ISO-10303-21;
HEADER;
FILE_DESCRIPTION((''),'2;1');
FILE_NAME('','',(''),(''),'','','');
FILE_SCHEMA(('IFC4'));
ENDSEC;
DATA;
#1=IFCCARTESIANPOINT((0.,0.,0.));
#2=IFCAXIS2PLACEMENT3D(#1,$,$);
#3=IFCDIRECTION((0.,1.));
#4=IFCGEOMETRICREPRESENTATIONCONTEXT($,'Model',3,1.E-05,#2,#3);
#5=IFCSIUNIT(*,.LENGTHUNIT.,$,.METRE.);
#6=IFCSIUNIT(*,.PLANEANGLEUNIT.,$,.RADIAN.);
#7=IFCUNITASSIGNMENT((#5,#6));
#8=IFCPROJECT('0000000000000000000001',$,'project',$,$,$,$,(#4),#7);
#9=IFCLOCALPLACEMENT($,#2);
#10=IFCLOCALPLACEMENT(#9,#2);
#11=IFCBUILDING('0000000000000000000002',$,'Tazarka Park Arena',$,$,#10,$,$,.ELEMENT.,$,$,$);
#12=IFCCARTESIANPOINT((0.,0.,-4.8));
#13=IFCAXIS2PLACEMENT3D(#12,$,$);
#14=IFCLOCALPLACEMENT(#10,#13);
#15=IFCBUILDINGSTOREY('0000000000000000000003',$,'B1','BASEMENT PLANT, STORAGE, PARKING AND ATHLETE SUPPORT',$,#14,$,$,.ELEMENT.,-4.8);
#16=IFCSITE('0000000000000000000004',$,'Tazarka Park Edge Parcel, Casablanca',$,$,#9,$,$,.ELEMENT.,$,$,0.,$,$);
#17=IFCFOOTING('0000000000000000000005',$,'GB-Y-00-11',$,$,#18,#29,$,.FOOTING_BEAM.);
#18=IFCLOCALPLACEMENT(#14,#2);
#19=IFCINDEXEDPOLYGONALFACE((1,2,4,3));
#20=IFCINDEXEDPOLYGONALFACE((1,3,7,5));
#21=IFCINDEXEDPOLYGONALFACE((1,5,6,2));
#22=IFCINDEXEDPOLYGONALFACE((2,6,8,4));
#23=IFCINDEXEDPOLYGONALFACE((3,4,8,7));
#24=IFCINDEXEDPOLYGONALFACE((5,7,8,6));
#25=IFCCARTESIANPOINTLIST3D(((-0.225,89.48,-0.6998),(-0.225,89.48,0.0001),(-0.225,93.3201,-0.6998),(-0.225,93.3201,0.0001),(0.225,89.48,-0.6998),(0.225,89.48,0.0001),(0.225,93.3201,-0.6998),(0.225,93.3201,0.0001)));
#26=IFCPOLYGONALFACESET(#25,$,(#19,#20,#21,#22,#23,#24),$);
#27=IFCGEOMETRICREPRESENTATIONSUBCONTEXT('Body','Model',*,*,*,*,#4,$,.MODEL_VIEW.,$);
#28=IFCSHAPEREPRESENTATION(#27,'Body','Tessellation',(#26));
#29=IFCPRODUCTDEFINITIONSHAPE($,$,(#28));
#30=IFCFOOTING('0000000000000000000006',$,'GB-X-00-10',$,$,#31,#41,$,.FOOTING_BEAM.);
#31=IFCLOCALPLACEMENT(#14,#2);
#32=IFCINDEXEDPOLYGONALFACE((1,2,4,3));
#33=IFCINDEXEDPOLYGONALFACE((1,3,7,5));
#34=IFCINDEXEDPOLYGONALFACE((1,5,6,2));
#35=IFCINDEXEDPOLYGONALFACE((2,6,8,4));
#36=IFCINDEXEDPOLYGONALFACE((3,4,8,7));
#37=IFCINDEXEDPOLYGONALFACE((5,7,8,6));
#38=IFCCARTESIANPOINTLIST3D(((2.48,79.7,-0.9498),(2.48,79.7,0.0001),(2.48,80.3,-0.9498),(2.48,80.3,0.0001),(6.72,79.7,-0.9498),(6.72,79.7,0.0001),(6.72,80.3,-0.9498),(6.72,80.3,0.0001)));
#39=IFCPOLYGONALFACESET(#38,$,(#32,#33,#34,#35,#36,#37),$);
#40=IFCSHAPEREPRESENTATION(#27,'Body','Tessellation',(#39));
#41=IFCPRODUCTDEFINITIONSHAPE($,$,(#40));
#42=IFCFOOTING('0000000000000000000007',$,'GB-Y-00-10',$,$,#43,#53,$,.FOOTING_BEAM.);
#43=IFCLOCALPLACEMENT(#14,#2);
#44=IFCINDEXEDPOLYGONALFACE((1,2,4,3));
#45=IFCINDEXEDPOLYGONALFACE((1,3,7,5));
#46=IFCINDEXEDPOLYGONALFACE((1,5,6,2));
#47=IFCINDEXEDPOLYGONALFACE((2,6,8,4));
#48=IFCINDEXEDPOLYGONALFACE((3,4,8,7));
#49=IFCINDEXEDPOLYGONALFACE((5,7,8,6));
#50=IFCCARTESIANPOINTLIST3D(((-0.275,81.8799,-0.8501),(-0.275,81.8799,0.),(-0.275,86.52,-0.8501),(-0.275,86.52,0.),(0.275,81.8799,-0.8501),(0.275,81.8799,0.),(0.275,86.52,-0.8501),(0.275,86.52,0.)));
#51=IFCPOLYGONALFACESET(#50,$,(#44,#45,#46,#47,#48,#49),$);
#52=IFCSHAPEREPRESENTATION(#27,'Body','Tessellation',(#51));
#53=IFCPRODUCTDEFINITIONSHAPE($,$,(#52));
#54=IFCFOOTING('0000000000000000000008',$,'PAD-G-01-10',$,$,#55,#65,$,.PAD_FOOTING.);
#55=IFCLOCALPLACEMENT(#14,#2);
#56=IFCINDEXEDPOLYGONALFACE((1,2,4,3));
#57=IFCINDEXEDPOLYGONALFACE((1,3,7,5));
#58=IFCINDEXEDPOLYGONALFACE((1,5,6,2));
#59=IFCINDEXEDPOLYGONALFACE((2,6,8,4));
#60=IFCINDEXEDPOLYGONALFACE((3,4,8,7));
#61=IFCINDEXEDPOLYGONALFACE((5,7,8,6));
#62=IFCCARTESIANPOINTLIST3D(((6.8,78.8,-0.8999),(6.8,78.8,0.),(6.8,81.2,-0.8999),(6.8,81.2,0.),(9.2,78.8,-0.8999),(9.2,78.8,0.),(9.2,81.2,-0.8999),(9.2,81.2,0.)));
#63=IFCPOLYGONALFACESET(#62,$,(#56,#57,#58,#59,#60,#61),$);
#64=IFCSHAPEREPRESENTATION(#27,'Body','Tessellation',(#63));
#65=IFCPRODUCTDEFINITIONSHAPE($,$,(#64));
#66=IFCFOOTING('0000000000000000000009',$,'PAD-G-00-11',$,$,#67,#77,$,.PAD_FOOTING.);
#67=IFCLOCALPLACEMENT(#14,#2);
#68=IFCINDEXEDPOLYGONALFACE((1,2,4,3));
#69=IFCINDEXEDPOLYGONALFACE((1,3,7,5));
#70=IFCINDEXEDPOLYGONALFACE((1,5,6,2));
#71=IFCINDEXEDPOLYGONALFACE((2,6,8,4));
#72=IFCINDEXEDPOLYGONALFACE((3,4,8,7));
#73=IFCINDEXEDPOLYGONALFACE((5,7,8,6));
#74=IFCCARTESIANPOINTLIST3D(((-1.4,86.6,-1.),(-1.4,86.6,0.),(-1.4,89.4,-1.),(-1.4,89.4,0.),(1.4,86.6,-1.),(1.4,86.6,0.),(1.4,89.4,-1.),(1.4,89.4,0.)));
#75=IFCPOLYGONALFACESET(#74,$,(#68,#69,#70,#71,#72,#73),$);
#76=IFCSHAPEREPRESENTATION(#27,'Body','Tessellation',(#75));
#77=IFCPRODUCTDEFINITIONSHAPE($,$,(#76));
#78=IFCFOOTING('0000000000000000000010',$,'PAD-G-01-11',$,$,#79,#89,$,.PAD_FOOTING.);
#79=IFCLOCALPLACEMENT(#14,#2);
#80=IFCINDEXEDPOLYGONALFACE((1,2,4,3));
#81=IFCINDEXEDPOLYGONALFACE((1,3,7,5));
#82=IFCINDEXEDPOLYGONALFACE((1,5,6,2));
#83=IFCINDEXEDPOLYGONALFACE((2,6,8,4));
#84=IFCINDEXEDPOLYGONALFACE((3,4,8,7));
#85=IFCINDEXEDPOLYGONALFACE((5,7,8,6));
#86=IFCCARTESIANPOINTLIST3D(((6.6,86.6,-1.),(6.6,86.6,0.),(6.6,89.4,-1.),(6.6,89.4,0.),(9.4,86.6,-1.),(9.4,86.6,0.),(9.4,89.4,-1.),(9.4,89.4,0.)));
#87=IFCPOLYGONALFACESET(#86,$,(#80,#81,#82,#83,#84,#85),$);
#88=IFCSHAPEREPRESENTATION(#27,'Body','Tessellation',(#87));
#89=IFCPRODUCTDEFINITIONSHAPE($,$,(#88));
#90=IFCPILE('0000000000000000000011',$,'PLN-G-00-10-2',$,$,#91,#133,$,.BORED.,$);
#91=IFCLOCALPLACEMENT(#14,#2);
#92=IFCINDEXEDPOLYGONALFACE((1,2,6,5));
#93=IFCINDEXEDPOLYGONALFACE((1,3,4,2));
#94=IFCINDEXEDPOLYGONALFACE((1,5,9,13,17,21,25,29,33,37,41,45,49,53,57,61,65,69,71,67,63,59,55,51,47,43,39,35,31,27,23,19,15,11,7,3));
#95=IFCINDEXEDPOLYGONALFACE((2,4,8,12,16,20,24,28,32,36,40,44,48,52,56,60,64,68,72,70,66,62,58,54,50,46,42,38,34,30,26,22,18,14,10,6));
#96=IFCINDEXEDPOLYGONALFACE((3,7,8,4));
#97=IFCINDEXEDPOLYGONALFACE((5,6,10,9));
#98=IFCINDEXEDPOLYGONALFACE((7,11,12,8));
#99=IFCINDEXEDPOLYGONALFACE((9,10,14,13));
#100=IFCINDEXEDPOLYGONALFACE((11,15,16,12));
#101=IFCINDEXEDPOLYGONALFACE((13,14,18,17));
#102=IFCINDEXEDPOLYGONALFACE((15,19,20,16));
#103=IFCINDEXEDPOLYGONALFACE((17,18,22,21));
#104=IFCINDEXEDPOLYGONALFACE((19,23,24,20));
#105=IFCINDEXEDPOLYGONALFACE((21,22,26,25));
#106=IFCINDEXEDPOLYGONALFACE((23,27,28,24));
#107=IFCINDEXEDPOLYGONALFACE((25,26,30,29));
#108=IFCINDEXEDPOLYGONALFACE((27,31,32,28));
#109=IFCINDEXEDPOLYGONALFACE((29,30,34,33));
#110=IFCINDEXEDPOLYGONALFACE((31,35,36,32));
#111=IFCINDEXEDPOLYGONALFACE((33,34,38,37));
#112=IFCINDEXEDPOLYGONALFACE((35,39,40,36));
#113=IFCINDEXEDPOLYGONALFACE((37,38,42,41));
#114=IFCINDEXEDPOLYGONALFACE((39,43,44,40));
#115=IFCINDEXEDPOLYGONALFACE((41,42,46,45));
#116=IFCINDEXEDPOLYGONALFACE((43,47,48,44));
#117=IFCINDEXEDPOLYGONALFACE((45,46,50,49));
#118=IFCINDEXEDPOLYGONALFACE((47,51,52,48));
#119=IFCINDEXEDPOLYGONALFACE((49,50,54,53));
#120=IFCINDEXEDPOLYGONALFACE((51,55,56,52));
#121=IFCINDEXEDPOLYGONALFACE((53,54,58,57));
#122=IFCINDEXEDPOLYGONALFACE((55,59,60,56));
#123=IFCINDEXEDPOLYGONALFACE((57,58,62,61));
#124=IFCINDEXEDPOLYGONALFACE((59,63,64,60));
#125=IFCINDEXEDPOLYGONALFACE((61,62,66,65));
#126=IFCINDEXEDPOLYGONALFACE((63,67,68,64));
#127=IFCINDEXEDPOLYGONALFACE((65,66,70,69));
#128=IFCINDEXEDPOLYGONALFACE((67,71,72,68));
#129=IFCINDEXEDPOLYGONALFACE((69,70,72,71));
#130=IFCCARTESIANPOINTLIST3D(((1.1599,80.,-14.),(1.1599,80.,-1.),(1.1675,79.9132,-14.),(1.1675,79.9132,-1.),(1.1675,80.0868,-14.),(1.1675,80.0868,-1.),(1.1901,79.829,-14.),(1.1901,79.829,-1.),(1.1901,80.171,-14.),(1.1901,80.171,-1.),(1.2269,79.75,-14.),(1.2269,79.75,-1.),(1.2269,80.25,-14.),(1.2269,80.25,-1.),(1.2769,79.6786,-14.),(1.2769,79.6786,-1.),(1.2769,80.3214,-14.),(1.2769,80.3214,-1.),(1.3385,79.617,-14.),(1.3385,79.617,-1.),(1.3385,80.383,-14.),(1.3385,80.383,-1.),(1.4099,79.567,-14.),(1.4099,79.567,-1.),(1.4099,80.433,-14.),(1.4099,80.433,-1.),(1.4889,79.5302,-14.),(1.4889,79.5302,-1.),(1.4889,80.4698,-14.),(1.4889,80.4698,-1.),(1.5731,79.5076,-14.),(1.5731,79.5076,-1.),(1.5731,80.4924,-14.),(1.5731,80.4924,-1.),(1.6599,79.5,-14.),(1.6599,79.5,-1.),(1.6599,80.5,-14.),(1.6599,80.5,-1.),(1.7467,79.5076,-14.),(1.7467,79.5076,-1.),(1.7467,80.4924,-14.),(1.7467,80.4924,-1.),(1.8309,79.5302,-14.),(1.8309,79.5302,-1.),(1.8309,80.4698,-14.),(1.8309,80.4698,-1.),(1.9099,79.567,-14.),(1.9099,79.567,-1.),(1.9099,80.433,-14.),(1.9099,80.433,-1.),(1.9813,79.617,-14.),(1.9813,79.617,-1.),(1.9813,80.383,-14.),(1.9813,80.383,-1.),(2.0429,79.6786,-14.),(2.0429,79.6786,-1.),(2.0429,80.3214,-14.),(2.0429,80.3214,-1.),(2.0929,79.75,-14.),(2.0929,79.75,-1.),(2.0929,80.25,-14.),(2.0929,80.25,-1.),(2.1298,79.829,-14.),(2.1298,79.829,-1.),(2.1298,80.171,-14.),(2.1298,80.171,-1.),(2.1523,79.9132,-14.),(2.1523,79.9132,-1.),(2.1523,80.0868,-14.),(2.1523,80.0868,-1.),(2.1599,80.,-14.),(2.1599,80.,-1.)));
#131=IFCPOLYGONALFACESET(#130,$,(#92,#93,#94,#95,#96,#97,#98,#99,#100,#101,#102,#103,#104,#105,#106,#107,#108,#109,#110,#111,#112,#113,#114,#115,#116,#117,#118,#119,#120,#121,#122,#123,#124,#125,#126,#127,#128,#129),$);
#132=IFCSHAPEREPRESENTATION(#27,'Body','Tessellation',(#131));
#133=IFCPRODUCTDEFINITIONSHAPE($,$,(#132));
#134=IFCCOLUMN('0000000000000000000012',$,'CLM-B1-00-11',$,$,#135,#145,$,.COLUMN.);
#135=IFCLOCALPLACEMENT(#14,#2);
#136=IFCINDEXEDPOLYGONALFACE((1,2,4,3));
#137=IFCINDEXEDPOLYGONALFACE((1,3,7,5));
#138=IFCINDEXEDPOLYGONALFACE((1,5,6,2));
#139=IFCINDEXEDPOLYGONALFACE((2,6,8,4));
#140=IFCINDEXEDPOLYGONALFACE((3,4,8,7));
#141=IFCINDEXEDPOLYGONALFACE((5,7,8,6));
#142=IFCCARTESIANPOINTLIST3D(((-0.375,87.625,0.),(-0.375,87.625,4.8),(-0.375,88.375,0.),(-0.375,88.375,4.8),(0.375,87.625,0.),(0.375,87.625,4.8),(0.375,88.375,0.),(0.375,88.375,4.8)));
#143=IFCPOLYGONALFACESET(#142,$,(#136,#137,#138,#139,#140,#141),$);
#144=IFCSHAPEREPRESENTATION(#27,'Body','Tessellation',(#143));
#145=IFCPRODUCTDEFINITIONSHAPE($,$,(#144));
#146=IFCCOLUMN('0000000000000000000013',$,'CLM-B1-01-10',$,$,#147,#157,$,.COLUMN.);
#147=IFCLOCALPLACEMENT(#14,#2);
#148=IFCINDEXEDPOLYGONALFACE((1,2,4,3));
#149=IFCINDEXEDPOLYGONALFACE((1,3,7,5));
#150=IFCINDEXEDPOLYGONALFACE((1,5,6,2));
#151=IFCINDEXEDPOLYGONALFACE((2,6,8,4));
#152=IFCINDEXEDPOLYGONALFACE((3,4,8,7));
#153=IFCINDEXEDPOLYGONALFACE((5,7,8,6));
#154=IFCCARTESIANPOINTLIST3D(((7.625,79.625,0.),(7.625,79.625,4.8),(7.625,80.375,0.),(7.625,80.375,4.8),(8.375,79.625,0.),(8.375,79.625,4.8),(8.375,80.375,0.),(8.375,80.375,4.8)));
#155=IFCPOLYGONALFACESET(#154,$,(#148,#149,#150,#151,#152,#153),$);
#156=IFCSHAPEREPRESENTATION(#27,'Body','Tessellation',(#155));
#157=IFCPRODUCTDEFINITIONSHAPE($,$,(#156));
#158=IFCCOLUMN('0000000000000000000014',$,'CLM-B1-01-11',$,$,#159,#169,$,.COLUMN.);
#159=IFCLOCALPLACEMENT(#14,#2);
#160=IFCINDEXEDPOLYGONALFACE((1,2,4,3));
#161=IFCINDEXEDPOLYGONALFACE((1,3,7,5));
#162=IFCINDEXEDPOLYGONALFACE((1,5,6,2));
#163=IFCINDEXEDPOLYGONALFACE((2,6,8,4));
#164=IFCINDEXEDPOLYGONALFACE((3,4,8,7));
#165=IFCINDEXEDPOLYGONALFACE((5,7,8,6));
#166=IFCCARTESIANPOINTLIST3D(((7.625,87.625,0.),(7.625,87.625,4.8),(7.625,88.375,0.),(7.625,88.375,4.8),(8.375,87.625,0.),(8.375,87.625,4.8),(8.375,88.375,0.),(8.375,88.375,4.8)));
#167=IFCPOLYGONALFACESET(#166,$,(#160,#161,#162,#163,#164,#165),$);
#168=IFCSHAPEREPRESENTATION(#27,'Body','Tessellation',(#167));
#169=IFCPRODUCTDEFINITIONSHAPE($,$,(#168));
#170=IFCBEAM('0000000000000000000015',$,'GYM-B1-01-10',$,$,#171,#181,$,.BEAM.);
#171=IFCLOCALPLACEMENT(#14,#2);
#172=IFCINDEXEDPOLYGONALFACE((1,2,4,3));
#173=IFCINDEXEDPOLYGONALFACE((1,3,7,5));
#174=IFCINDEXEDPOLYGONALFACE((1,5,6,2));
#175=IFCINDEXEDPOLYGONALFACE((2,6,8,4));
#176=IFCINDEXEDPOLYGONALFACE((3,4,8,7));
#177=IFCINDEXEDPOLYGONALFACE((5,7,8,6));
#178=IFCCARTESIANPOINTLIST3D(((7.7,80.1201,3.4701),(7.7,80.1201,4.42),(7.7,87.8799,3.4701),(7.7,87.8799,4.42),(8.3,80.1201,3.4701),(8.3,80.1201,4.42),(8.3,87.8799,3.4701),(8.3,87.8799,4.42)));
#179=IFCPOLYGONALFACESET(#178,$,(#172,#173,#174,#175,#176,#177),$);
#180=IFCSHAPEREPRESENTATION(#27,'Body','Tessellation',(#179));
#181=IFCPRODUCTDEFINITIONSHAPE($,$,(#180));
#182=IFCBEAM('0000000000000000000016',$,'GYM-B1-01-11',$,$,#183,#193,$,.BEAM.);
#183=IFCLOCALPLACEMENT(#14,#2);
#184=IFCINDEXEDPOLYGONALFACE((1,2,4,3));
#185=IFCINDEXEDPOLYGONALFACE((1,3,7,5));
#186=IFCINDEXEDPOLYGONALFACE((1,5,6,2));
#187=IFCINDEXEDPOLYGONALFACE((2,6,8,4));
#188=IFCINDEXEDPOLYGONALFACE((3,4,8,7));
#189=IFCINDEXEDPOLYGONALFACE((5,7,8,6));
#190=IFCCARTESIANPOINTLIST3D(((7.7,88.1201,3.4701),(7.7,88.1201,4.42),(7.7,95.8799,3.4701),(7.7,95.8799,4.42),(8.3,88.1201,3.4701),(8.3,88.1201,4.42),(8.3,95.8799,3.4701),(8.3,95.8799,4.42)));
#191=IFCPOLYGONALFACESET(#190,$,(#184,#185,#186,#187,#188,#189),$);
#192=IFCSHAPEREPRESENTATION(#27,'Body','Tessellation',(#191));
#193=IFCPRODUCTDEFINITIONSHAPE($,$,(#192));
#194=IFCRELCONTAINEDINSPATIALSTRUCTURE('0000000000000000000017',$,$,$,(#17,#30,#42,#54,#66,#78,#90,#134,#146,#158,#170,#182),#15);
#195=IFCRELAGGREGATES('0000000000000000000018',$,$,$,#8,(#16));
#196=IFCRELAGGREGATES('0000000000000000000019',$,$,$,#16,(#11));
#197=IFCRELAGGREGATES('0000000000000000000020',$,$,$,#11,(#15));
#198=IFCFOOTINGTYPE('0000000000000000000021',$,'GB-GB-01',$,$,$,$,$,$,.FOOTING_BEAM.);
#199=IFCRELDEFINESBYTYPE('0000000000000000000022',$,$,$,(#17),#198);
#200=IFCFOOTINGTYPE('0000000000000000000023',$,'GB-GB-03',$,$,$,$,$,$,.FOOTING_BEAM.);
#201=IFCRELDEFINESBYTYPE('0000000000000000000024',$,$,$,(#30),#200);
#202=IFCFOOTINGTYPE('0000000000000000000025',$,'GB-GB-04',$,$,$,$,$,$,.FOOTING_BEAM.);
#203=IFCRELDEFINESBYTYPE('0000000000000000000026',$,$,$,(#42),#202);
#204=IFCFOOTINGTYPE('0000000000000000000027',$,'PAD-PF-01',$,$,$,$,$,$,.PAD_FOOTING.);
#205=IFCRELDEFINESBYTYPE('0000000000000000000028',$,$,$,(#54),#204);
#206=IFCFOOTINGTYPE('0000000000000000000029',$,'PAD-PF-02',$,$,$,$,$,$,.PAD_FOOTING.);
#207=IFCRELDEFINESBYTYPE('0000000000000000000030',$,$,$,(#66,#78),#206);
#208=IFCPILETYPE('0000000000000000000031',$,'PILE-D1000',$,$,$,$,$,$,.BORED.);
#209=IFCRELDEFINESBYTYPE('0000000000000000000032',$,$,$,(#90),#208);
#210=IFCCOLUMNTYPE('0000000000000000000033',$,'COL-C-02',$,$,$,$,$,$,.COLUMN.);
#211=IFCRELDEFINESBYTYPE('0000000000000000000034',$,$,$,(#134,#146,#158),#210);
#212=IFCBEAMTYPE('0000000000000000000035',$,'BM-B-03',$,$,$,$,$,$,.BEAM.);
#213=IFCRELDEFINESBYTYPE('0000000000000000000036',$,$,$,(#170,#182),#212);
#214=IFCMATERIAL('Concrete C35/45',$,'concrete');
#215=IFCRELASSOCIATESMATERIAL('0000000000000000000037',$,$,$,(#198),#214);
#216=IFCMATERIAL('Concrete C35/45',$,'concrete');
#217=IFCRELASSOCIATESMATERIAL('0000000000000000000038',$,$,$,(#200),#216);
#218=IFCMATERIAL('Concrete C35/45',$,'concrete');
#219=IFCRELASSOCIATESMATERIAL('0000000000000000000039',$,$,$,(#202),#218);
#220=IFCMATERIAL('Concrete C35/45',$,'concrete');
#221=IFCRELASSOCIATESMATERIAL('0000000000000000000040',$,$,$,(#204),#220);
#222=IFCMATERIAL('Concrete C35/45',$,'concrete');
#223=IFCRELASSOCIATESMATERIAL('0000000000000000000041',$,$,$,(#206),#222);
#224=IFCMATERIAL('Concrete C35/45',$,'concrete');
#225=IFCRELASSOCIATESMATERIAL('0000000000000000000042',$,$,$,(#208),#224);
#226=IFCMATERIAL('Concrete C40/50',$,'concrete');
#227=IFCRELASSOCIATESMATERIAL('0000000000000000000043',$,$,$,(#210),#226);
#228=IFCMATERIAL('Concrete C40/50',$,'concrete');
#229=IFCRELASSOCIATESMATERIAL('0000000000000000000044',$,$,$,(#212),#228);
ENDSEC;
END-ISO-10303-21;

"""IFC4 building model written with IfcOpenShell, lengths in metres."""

from ifc_helpers import new_model, si_unit, direction, frame, origin, origin_2d, place, context, subcontext, project, spatial, rectangle, circle, extrude, material, material_profile, profile_set, type_object, element, save


model = new_model("IFC4")

# Units and contexts
model_context = context("Model", 3, precision=1e-05, world=origin(), true_north=direction((0.0, 1.0)))
body_context = subcontext(model_context, "Body", "Model", "MODEL_VIEW")
ifc_project = project(units=[si_unit("LENGTHUNIT", "METRE"), si_unit("PLANEANGLEUNIT", "RADIAN")], contexts=[model_context])

# Site, building, storey
site_placement = place(None, origin())
site = spatial("IfcSite", under=ifc_project, at=site_placement, Name="Tazarka Park Edge Parcel, Casablanca", CompositionType="ELEMENT", RefElevation=0.0)
building_placement = place(site_placement, origin())
building = spatial("IfcBuilding", under=site, at=building_placement, Name="Tazarka Park Arena", CompositionType="ELEMENT")
storey_placement = place(building_placement, frame((0.0, 0.0, -4.8)))
storey = spatial("IfcBuildingStorey", under=building, at=storey_placement, Name="B1", Description="BASEMENT PLANT, STORAGE, PARKING AND ATHLETE SUPPORT", CompositionType="ELEMENT", Elevation=-4.8)

# Footings
ifc_material_1 = material(Name="Concrete C35/45", Category="concrete")
ifc_material_profile_1 = material_profile(ifc_material_1, rectangle(XDim=0.45, YDim=0.7, at=origin_2d()), Name="Concrete C35/45")
ifc_profile_set_1 = profile_set([ifc_material_profile_1], Name="Concrete C35/45")
footing_type_1 = type_object("IfcFootingType", Name="GB-GB-01", PredefinedType="FOOTING_BEAM", material=ifc_profile_set_1)
footing_1_placement = place(storey_placement, frame((0.0, 89.48, -0.3499), z_axis=(0.0, 1.0, 0.0), x_axis=(-1.0, 0.0, 0.0)))
element("IfcFooting", 1, at=footing_1_placement, inside=storey, type_object=footing_type_1, Name="GB-Y-00-11", PredefinedType="FOOTING_BEAM", context=body_context, shape_type="SweptSolid", body=[
    extrude(rectangle(XDim=0.45, YDim=0.7, at=origin_2d()), origin(), (0.0, 0.0, 1.0), 3.8401),
])
ifc_material_2 = material(Name="Concrete C35/45", Category="concrete")
ifc_material_profile_2 = material_profile(ifc_material_2, rectangle(XDim=0.6001, YDim=0.95, at=origin_2d()), Name="Concrete C35/45")
ifc_profile_set_2 = profile_set([ifc_material_profile_2], Name="Concrete C35/45")
footing_type_2 = type_object("IfcFootingType", Name="GB-GB-03", PredefinedType="FOOTING_BEAM", material=ifc_profile_set_2)
footing_2_placement = place(storey_placement, frame((2.48, 80.0, -0.4749), z_axis=(1.0, 0.0, 0.0), x_axis=(0.0, 1.0, 0.0)))
element("IfcFooting", 2, at=footing_2_placement, inside=storey, type_object=footing_type_2, Name="GB-X-00-10", PredefinedType="FOOTING_BEAM", context=body_context, shape_type="SweptSolid", body=[
    extrude(rectangle(XDim=0.6001, YDim=0.95, at=origin_2d()), origin(), (0.0, 0.0, 1.0), 4.24),
])
ifc_material_3 = material(Name="Concrete C35/45", Category="concrete")
ifc_material_profile_3 = material_profile(ifc_material_3, rectangle(XDim=0.55, YDim=0.8501, at=origin_2d()), Name="Concrete C35/45")
ifc_profile_set_3 = profile_set([ifc_material_profile_3], Name="Concrete C35/45")
footing_type_3 = type_object("IfcFootingType", Name="GB-GB-04", PredefinedType="FOOTING_BEAM", material=ifc_profile_set_3)
footing_3_placement = place(storey_placement, frame((0.0, 81.8799, -0.425), z_axis=(0.0, 1.0, 0.0), x_axis=(-1.0, 0.0, 0.0)))
element("IfcFooting", 3, at=footing_3_placement, inside=storey, type_object=footing_type_3, Name="GB-Y-00-10", PredefinedType="FOOTING_BEAM", context=body_context, shape_type="SweptSolid", body=[
    extrude(rectangle(XDim=0.55, YDim=0.8501, at=origin_2d()), origin(), (0.0, 0.0, 1.0), 4.6401),
])
ifc_material_4 = material(Name="Concrete C35/45", Category="concrete")
footing_type_4 = type_object("IfcFootingType", Name="PAD-PF-01", PredefinedType="PAD_FOOTING", material=ifc_material_4)
footing_4_placement = place(storey_placement, frame((8.0, 80.0, -0.8999), z_axis=(0.0, 0.0, 1.0), x_axis=(1.0, 0.0, 0.0)))
element("IfcFooting", 4, at=footing_4_placement, inside=storey, type_object=footing_type_4, Name="PAD-G-01-10", PredefinedType="PAD_FOOTING", context=body_context, shape_type="SweptSolid", body=[
    extrude(rectangle(XDim=2.3999, YDim=2.3999, at=origin_2d()), origin(), (0.0, 0.0, 1.0), 0.8999),
])
ifc_material_5 = material(Name="Concrete C35/45", Category="concrete")
footing_type_5 = type_object("IfcFootingType", Name="PAD-PF-02", PredefinedType="PAD_FOOTING", material=ifc_material_5)
for number, where, z_axis, x_axis, name in (
    (5, (0.0, 88.0, -1.0), (0.0, 0.0, 1.0), (1.0, 0.0, 0.0), "PAD-G-00-11"),
    (6, (8.0, 88.0, -1.0), (0.0, 0.0, 1.0), (1.0, 0.0, 0.0), "PAD-G-01-11"),
):
    element("IfcFooting", number, at=place(storey_placement, frame(where, z_axis=z_axis, x_axis=x_axis)), inside=storey, type_object=footing_type_5, Name=name, PredefinedType="PAD_FOOTING", context=body_context, shape_type="SweptSolid", body=[
        extrude(rectangle(XDim=2.8, YDim=2.8, at=origin_2d()), origin(), (0.0, 0.0, 1.0), 1.0),
    ])

# Pile
ifc_material_6 = material(Name="Concrete C35/45", Category="concrete")
ifc_material_profile_4 = material_profile(ifc_material_6, circle(Radius=0.5, at=origin_2d()), Name="Concrete C35/45")
ifc_profile_set_4 = profile_set([ifc_material_profile_4], Name="Concrete C35/45")
pile_type = type_object("IfcPileType", Name="PILE-D1000", PredefinedType="BORED", material=ifc_profile_set_4)
pile_placement = place(storey_placement, frame((1.6599, 80.0, -1.0), z_axis=(0.0, 0.0, -1.0), x_axis=(1.0, 0.0, 0.0)))
element("IfcPile", 7, at=pile_placement, inside=storey, type_object=pile_type, Name="PLN-G-00-10-2", PredefinedType="BORED", context=body_context, shape_type="SweptSolid", body=[
    extrude(circle(Radius=0.5, at=origin_2d()), origin(), (0.0, 0.0, 1.0), 13.0),
])

# Columns
ifc_material_7 = material(Name="Concrete C40/50", Category="concrete")
ifc_material_profile_5 = material_profile(ifc_material_7, rectangle(XDim=0.75, YDim=0.75, at=origin_2d()), Name="Concrete C40/50")
ifc_profile_set_5 = profile_set([ifc_material_profile_5], Name="Concrete C40/50")
column_type = type_object("IfcColumnType", Name="COL-C-02", PredefinedType="COLUMN", material=ifc_profile_set_5)
for number, where, z_axis, x_axis, name in (
    (8, (0.0, 88.0, 0.0), (0.0, 0.0, 1.0), (1.0, 0.0, 0.0), "CLM-B1-00-11"),
    (9, (8.0, 80.0, 0.0), (0.0, 0.0, 1.0), (1.0, 0.0, 0.0), "CLM-B1-01-10"),
    (10, (8.0, 88.0, 0.0), (0.0, 0.0, 1.0), (1.0, 0.0, 0.0), "CLM-B1-01-11"),
):
    element("IfcColumn", number, at=place(storey_placement, frame(where, z_axis=z_axis, x_axis=x_axis)), inside=storey, type_object=column_type, Name=name, PredefinedType="COLUMN", context=body_context, shape_type="SweptSolid", body=[
        extrude(rectangle(XDim=0.75, YDim=0.75, at=origin_2d()), origin(), (0.0, 0.0, 1.0), 4.8),
    ])

# Beams
ifc_material_8 = material(Name="Concrete C40/50", Category="concrete")
ifc_material_profile_6 = material_profile(ifc_material_8, rectangle(XDim=0.6001, YDim=0.95, at=origin_2d()), Name="Concrete C40/50")
ifc_profile_set_6 = profile_set([ifc_material_profile_6], Name="Concrete C40/50")
beam_type_1 = type_object("IfcBeamType", Name="BM-B-03", PredefinedType="BEAM", material=ifc_profile_set_6)
for number, where, z_axis, x_axis, name in (
    (11, (8.0, 80.1201, 3.9451), (0.0, 1.0, 0.0), (-1.0, 0.0, 0.0), "GYM-B1-01-10"),
    (12, (8.0, 88.1201, 3.9451), (0.0, 1.0, 0.0), (-1.0, 0.0, 0.0), "GYM-B1-01-11"),
):
    element("IfcBeam", number, at=place(storey_placement, frame(where, z_axis=z_axis, x_axis=x_axis)), inside=storey, type_object=beam_type_1, Name=name, PredefinedType="BEAM", context=body_context, shape_type="SweptSolid", body=[
        extrude(rectangle(XDim=0.6001, YDim=0.95, at=origin_2d()), origin(), (0.0, 0.0, 1.0), 7.7598),
    ])

save(model, "model.ifc")
